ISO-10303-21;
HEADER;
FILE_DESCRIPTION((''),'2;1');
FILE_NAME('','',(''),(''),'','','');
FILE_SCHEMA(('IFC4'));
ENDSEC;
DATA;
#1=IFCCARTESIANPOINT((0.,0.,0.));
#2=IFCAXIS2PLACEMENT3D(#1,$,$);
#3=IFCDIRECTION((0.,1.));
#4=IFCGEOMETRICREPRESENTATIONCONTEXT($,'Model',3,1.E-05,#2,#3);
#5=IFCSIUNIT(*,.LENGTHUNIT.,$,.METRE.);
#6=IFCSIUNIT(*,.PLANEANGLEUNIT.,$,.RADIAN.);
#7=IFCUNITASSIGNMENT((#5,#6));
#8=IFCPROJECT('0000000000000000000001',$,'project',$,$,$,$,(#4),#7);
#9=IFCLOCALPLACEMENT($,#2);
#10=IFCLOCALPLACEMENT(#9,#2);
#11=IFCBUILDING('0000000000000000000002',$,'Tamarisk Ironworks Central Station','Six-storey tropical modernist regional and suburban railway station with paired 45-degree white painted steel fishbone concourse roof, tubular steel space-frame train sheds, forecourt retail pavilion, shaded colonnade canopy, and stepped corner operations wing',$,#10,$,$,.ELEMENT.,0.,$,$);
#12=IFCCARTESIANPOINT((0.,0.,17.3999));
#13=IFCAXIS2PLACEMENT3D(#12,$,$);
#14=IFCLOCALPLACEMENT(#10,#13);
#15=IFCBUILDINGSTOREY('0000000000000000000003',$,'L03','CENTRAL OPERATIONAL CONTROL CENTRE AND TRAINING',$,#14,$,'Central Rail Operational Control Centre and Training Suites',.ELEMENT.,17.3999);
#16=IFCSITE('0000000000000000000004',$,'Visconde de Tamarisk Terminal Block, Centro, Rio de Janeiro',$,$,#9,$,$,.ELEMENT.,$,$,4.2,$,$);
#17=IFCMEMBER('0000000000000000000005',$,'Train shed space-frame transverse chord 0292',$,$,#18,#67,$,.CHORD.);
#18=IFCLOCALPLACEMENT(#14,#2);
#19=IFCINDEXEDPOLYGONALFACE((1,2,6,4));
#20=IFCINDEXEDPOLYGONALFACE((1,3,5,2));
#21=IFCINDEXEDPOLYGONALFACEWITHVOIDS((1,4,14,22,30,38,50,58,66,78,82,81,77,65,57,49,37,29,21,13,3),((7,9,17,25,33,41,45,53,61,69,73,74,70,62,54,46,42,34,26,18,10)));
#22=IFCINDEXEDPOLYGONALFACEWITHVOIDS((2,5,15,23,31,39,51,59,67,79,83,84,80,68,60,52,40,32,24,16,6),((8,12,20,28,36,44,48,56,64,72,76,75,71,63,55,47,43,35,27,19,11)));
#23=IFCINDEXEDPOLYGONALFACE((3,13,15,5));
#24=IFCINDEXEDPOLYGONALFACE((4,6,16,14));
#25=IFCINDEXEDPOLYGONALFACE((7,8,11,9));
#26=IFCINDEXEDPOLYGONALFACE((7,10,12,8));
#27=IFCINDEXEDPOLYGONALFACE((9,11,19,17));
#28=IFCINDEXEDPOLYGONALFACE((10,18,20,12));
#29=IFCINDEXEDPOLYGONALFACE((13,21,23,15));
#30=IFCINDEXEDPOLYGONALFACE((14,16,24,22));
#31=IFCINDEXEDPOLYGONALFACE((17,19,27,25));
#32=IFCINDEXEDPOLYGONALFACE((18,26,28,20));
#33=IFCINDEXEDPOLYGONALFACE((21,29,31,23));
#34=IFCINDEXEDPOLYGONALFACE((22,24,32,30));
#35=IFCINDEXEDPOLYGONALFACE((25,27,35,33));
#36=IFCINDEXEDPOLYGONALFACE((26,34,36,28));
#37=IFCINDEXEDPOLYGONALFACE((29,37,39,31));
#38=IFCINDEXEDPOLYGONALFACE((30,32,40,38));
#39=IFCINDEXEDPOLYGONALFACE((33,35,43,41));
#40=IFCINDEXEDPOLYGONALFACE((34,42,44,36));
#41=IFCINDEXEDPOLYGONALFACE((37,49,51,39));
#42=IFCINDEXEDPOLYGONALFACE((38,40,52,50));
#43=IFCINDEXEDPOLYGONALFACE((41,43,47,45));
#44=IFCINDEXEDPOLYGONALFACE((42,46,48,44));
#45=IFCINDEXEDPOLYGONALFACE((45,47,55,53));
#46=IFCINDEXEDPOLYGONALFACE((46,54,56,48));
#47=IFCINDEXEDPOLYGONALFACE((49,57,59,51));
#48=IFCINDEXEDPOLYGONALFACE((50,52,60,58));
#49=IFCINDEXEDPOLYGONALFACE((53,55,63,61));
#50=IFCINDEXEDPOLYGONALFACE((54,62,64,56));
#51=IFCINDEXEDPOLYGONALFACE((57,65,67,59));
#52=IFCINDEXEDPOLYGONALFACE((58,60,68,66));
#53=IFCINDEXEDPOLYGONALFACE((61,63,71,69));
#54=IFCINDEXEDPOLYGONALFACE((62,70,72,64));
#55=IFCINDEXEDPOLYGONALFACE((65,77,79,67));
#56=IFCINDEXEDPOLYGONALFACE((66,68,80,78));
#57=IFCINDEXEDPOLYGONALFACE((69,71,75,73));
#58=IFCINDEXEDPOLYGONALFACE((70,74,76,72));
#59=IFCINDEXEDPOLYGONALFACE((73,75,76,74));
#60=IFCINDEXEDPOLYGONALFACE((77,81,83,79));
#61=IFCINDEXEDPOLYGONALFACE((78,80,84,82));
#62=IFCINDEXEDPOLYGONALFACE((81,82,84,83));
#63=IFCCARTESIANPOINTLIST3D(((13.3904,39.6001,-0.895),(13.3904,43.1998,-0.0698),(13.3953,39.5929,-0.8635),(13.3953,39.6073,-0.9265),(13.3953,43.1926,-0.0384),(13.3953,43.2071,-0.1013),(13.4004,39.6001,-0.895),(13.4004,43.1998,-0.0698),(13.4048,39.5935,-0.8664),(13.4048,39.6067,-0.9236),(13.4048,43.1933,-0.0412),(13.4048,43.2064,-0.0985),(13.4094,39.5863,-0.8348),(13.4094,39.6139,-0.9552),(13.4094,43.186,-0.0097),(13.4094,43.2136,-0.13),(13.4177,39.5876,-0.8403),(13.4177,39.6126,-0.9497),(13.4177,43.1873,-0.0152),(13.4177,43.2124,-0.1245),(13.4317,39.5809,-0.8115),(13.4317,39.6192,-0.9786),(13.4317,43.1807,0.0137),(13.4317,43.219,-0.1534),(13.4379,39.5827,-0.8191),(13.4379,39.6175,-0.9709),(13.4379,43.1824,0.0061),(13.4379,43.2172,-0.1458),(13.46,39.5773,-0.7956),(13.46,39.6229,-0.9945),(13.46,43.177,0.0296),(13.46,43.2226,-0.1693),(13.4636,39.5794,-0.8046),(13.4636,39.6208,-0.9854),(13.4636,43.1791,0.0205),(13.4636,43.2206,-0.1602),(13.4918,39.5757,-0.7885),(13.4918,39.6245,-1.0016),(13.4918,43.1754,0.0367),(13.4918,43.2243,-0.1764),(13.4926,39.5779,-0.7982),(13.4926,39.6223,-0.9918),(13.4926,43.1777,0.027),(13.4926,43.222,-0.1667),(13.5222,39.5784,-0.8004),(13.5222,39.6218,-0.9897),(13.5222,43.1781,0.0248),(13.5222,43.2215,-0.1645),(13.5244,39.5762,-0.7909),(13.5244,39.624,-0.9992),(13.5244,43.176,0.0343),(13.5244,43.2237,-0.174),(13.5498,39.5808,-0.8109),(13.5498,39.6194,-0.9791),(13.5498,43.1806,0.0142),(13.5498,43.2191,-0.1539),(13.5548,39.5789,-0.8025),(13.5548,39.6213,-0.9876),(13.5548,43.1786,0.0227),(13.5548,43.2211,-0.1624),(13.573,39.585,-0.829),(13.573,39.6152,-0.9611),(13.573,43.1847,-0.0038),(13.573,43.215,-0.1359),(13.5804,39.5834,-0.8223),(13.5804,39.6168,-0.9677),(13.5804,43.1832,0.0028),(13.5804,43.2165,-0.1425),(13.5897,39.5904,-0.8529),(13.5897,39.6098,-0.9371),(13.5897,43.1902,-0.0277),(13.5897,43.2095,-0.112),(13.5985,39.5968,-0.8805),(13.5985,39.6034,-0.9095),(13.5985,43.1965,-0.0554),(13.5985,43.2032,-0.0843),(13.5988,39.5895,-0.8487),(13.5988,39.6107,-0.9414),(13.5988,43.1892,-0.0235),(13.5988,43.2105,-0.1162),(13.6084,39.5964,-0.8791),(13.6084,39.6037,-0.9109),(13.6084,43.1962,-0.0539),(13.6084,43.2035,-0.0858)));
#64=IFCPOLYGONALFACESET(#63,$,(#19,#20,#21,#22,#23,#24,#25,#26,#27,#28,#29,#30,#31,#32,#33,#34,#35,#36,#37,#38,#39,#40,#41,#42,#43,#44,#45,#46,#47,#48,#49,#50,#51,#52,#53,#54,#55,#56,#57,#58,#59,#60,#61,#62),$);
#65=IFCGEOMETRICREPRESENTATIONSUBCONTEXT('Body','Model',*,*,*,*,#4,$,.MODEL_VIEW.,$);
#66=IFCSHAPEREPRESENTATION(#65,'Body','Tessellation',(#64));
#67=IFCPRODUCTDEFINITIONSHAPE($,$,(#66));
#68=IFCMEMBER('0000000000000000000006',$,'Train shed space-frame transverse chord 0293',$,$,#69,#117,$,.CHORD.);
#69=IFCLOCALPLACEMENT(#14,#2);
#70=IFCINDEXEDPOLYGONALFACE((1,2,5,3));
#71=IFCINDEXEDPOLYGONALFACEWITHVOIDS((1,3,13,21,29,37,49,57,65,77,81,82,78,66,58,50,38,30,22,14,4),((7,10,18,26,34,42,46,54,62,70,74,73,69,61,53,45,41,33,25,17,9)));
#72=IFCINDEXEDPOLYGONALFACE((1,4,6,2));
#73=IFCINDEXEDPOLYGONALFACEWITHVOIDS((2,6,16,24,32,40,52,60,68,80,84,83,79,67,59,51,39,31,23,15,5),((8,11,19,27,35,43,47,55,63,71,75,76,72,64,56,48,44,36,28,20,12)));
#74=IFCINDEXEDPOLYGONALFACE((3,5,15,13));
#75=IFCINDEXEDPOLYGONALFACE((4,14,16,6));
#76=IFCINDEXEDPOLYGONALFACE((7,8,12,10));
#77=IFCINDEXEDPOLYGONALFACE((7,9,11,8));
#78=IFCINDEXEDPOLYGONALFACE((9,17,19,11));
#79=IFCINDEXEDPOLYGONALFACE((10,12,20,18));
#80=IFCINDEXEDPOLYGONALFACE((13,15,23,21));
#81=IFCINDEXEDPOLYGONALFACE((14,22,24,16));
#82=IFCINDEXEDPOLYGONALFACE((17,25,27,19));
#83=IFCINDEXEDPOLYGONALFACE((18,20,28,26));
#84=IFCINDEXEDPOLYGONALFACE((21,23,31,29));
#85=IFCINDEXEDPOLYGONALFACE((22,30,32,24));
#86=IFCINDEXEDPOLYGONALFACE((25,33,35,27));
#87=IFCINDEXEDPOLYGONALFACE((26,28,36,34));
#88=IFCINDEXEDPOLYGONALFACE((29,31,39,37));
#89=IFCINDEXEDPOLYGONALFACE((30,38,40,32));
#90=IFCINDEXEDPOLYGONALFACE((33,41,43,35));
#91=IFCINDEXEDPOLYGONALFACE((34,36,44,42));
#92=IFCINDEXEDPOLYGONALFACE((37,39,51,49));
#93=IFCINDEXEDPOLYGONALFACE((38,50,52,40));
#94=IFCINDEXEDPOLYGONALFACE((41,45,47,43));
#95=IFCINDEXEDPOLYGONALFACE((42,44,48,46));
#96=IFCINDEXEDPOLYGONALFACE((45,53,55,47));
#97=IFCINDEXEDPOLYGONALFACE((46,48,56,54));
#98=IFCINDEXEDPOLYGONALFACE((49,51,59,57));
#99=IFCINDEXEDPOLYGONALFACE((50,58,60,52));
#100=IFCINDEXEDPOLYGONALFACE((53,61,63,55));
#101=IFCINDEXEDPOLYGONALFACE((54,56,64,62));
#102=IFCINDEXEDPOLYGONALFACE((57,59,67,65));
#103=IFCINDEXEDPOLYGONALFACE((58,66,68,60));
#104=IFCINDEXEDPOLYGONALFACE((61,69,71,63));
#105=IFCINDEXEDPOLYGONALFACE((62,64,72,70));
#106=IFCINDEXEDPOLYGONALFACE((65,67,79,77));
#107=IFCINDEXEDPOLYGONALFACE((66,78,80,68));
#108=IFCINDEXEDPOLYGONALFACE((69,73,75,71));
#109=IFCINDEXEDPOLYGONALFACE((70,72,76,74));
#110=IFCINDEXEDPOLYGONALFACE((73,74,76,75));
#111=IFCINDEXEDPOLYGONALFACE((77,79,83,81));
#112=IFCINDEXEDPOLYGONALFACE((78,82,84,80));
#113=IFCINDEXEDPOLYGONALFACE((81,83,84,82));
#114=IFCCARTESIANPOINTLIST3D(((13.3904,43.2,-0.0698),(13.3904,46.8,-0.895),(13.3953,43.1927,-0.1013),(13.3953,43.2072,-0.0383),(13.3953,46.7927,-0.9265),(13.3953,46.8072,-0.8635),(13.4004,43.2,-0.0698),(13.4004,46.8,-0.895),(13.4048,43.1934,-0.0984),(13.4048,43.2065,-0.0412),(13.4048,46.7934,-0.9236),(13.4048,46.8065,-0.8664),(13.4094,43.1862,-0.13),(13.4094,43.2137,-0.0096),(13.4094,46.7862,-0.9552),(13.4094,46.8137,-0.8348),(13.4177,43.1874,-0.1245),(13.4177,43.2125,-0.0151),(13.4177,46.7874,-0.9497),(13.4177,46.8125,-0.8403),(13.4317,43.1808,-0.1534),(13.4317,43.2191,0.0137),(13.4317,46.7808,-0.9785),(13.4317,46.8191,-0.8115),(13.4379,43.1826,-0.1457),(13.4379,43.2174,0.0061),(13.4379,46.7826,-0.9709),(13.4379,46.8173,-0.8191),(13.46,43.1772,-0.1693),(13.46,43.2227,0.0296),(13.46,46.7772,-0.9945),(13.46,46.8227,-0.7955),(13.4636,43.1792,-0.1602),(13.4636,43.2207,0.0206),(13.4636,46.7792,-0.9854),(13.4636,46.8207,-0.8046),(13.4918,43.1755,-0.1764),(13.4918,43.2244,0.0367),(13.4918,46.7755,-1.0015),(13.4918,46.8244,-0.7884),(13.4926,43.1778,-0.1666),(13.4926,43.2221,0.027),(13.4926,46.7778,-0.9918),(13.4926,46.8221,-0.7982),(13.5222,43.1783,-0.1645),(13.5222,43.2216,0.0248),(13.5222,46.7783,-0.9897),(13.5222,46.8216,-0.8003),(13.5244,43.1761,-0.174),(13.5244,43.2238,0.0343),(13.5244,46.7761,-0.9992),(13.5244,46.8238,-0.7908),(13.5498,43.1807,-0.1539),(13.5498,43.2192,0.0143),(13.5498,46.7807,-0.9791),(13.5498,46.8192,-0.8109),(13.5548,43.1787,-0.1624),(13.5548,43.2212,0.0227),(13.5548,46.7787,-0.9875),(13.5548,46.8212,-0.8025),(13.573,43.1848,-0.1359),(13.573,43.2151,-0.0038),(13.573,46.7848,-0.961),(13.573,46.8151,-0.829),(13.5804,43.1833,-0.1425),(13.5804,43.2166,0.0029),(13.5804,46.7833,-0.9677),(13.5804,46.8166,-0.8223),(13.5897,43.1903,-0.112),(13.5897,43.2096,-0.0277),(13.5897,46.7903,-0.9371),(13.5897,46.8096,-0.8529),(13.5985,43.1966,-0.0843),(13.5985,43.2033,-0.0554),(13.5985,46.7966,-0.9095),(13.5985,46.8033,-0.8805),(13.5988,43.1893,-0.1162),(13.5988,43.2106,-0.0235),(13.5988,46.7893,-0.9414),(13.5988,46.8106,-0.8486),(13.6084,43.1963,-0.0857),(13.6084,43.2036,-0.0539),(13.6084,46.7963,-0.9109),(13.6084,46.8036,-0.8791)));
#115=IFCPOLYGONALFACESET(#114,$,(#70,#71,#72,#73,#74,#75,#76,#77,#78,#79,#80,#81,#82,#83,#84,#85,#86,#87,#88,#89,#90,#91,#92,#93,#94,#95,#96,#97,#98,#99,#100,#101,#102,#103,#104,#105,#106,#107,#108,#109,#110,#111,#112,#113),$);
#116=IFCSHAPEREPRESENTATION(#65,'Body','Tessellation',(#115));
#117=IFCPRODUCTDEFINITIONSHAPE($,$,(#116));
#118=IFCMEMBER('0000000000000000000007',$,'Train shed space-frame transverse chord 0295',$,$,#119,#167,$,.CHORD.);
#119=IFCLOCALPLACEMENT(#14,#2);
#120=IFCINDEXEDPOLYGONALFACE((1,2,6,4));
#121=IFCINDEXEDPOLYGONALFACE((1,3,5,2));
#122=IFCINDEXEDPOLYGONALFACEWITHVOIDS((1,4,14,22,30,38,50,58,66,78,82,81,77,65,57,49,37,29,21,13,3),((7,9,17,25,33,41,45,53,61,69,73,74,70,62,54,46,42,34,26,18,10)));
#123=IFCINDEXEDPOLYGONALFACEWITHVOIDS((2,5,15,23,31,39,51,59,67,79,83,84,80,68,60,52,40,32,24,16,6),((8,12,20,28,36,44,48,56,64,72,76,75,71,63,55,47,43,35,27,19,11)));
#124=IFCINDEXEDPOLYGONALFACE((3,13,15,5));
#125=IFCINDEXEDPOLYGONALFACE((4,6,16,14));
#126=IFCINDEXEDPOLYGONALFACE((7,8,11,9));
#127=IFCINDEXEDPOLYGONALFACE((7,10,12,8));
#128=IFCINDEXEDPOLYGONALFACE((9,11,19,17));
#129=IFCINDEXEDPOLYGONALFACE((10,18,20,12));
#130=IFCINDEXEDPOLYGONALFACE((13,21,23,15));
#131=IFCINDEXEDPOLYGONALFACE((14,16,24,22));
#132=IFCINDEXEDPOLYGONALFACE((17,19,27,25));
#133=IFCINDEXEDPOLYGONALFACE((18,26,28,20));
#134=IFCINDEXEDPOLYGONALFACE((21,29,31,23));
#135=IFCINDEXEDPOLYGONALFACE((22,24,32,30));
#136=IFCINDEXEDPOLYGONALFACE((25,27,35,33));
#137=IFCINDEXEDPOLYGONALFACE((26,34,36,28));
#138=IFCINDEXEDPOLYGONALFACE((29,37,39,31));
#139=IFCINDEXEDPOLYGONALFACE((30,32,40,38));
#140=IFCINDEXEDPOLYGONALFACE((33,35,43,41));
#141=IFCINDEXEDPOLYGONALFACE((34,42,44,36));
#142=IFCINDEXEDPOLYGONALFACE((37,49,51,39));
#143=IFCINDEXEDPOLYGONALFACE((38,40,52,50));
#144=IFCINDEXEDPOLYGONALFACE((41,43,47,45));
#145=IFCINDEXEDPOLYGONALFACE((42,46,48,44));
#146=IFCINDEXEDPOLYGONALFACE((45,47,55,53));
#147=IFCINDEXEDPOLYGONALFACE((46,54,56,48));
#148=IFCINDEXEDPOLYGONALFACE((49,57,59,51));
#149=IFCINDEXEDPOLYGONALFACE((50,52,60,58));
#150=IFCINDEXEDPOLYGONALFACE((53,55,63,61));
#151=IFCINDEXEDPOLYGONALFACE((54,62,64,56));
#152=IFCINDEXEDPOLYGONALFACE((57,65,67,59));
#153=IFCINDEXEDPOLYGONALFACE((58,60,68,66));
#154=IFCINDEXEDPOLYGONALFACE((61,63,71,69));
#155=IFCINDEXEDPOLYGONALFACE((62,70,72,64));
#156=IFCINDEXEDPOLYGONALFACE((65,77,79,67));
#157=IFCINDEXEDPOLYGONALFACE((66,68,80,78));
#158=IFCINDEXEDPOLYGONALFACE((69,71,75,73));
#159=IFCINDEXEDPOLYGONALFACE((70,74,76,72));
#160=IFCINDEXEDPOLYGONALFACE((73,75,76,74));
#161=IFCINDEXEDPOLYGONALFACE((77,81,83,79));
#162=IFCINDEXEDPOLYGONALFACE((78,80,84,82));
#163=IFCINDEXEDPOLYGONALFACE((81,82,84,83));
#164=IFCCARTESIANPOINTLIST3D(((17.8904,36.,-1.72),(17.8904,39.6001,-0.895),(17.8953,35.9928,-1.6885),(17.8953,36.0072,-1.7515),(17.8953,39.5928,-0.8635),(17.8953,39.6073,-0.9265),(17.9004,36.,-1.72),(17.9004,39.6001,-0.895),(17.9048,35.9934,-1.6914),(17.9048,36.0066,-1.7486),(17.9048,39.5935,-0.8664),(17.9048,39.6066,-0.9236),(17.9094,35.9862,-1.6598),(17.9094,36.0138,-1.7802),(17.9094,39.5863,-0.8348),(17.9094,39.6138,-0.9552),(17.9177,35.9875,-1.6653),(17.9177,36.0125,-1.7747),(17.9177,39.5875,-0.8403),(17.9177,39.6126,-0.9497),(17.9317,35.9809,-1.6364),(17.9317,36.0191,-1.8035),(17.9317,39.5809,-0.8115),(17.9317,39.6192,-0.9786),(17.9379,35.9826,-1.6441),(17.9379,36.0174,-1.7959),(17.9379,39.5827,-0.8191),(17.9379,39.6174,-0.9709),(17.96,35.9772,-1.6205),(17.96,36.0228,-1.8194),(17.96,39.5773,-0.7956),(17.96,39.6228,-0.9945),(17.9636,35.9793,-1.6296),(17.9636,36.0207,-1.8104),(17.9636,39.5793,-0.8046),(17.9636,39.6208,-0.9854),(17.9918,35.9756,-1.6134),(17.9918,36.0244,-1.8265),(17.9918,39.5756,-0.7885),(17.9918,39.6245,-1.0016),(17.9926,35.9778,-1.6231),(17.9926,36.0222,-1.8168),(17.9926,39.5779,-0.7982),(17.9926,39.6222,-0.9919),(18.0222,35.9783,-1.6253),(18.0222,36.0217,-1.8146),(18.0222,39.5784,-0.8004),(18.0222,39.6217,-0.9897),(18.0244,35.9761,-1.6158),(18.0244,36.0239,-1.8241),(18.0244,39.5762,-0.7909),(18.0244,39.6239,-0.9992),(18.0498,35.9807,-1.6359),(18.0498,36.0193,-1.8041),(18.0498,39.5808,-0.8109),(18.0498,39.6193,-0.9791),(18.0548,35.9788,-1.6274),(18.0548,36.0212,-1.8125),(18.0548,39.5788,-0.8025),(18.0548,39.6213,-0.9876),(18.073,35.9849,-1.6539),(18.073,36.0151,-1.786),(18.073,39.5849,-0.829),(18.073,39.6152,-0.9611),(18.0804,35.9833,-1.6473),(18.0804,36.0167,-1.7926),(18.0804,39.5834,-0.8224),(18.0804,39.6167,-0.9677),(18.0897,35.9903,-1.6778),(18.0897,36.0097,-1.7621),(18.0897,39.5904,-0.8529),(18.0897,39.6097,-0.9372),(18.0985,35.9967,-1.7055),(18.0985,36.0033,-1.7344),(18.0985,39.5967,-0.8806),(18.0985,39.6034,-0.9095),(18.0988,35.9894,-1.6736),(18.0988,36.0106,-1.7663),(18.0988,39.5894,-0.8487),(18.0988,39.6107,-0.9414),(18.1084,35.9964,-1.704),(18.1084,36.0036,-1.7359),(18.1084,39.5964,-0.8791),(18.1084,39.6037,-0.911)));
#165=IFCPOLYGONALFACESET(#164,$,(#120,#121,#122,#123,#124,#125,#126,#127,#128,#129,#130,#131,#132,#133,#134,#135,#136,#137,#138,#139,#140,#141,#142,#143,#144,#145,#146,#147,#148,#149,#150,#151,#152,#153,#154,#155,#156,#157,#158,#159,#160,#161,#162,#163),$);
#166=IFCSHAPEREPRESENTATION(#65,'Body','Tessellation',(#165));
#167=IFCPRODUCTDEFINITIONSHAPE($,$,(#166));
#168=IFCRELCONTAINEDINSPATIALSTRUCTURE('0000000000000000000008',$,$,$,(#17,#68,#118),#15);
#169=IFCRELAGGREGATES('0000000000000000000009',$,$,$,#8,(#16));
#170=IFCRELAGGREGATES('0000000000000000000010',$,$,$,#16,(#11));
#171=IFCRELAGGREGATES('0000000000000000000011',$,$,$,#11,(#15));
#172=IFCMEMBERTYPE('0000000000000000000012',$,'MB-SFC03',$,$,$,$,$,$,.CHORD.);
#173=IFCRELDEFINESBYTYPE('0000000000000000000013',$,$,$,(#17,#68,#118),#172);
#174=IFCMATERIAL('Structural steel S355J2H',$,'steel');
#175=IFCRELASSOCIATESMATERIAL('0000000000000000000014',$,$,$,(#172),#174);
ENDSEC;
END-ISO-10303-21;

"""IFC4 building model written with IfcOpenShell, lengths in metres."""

from ifc_helpers import new_model, si_unit, direction, frame, origin, origin_2d, place, context, subcontext, project, spatial, hollow_circle, extrude, material, material_profile, profile_set, type_object, element, save


model = new_model("IFC4")

# Units and contexts
model_context = context("Model", 3, precision=1e-05, world=origin(), true_north=direction((0.0, 1.0)))
body_context = subcontext(model_context, "Body", "Model", "MODEL_VIEW")
ifc_project = project(units=[si_unit("LENGTHUNIT", "METRE"), si_unit("PLANEANGLEUNIT", "RADIAN")], contexts=[model_context])

# Site, building, storey
site_placement = place(None, origin())
site = spatial("IfcSite", under=ifc_project, at=site_placement, Name="Visconde de Tamarisk Terminal Block, Centro, Rio de Janeiro", CompositionType="ELEMENT", RefElevation=4.2)
building_placement = place(site_placement, origin())
building = spatial("IfcBuilding", under=site, at=building_placement, Name="Tamarisk Ironworks Central Station", Description="Six-storey tropical modernist regional and suburban railway station with paired 45-degree white painted steel fishbone concourse roof, tubular steel space-frame train sheds, forecourt retail pavilion, shaded colonnade canopy, and stepped corner operations wing", CompositionType="ELEMENT", ElevationOfRefHeight=0.0)
storey_placement = place(building_placement, frame((0.0, 0.0, 17.3999)))
storey = spatial("IfcBuildingStorey", under=building, at=storey_placement, Name="L03", Description="CENTRAL OPERATIONAL CONTROL CENTRE AND TRAINING", LongName="Central Rail Operational Control Centre and Training Suites", CompositionType="ELEMENT", Elevation=17.3999)

# Members
ifc_material_1 = material(Name="Structural steel S355J2H", Category="steel")
ifc_material_profile_1 = material_profile(ifc_material_1, hollow_circle(Radius=0.1096, WallThickness=0.01, at=origin_2d()), Name="CHS 219.1x10")
ifc_profile_set_1 = profile_set([ifc_material_profile_1], Name="Structural steel S355J2H")
member_type_1 = type_object("IfcMemberType", Name="MB-SFC03", PredefinedType="CHORD", material=ifc_profile_set_1)
member_1_placement = place(storey_placement, frame((13.5, 39.6001, -0.895), z_axis=(0.0, 0.974719, 0.223435), x_axis=(-1.0, 0.0, 0.0)))
element("IfcMember", 1, at=member_1_placement, inside=storey, type_object=member_type_1, Name="Train shed space-frame transverse chord 0292", PredefinedType="CHORD", context=body_context, shape_type="SweptSolid", body=[
    extrude(hollow_circle(Radius=0.1096, WallThickness=0.01, at=origin_2d()), origin(), (0.0, 0.0, 1.0), 3.6931),
])
for number, where, z_axis, x_axis, name in (
    (2, (13.5, 43.2, -0.0698), (0.0, 0.974722, -0.223421), (-1.0, 0.0, 0.0), "Train shed space-frame transverse chord 0293"),
    (3, (18.0, 36.0, -1.72), (0.0, 0.974737, 0.223358), (-1.0, 0.0, 0.0), "Train shed space-frame transverse chord 0295"),
):
    element("IfcMember", number, at=place(storey_placement, frame(where, z_axis=z_axis, x_axis=x_axis)), inside=storey, type_object=member_type_1, Name=name, PredefinedType="CHORD", context=body_context, shape_type="SweptSolid", body=[
        extrude(hollow_circle(Radius=0.1096, WallThickness=0.01, at=origin_2d()), origin(), (0.0, 0.0, 1.0), 3.6934),
    ])

save(model, "model.ifc")
